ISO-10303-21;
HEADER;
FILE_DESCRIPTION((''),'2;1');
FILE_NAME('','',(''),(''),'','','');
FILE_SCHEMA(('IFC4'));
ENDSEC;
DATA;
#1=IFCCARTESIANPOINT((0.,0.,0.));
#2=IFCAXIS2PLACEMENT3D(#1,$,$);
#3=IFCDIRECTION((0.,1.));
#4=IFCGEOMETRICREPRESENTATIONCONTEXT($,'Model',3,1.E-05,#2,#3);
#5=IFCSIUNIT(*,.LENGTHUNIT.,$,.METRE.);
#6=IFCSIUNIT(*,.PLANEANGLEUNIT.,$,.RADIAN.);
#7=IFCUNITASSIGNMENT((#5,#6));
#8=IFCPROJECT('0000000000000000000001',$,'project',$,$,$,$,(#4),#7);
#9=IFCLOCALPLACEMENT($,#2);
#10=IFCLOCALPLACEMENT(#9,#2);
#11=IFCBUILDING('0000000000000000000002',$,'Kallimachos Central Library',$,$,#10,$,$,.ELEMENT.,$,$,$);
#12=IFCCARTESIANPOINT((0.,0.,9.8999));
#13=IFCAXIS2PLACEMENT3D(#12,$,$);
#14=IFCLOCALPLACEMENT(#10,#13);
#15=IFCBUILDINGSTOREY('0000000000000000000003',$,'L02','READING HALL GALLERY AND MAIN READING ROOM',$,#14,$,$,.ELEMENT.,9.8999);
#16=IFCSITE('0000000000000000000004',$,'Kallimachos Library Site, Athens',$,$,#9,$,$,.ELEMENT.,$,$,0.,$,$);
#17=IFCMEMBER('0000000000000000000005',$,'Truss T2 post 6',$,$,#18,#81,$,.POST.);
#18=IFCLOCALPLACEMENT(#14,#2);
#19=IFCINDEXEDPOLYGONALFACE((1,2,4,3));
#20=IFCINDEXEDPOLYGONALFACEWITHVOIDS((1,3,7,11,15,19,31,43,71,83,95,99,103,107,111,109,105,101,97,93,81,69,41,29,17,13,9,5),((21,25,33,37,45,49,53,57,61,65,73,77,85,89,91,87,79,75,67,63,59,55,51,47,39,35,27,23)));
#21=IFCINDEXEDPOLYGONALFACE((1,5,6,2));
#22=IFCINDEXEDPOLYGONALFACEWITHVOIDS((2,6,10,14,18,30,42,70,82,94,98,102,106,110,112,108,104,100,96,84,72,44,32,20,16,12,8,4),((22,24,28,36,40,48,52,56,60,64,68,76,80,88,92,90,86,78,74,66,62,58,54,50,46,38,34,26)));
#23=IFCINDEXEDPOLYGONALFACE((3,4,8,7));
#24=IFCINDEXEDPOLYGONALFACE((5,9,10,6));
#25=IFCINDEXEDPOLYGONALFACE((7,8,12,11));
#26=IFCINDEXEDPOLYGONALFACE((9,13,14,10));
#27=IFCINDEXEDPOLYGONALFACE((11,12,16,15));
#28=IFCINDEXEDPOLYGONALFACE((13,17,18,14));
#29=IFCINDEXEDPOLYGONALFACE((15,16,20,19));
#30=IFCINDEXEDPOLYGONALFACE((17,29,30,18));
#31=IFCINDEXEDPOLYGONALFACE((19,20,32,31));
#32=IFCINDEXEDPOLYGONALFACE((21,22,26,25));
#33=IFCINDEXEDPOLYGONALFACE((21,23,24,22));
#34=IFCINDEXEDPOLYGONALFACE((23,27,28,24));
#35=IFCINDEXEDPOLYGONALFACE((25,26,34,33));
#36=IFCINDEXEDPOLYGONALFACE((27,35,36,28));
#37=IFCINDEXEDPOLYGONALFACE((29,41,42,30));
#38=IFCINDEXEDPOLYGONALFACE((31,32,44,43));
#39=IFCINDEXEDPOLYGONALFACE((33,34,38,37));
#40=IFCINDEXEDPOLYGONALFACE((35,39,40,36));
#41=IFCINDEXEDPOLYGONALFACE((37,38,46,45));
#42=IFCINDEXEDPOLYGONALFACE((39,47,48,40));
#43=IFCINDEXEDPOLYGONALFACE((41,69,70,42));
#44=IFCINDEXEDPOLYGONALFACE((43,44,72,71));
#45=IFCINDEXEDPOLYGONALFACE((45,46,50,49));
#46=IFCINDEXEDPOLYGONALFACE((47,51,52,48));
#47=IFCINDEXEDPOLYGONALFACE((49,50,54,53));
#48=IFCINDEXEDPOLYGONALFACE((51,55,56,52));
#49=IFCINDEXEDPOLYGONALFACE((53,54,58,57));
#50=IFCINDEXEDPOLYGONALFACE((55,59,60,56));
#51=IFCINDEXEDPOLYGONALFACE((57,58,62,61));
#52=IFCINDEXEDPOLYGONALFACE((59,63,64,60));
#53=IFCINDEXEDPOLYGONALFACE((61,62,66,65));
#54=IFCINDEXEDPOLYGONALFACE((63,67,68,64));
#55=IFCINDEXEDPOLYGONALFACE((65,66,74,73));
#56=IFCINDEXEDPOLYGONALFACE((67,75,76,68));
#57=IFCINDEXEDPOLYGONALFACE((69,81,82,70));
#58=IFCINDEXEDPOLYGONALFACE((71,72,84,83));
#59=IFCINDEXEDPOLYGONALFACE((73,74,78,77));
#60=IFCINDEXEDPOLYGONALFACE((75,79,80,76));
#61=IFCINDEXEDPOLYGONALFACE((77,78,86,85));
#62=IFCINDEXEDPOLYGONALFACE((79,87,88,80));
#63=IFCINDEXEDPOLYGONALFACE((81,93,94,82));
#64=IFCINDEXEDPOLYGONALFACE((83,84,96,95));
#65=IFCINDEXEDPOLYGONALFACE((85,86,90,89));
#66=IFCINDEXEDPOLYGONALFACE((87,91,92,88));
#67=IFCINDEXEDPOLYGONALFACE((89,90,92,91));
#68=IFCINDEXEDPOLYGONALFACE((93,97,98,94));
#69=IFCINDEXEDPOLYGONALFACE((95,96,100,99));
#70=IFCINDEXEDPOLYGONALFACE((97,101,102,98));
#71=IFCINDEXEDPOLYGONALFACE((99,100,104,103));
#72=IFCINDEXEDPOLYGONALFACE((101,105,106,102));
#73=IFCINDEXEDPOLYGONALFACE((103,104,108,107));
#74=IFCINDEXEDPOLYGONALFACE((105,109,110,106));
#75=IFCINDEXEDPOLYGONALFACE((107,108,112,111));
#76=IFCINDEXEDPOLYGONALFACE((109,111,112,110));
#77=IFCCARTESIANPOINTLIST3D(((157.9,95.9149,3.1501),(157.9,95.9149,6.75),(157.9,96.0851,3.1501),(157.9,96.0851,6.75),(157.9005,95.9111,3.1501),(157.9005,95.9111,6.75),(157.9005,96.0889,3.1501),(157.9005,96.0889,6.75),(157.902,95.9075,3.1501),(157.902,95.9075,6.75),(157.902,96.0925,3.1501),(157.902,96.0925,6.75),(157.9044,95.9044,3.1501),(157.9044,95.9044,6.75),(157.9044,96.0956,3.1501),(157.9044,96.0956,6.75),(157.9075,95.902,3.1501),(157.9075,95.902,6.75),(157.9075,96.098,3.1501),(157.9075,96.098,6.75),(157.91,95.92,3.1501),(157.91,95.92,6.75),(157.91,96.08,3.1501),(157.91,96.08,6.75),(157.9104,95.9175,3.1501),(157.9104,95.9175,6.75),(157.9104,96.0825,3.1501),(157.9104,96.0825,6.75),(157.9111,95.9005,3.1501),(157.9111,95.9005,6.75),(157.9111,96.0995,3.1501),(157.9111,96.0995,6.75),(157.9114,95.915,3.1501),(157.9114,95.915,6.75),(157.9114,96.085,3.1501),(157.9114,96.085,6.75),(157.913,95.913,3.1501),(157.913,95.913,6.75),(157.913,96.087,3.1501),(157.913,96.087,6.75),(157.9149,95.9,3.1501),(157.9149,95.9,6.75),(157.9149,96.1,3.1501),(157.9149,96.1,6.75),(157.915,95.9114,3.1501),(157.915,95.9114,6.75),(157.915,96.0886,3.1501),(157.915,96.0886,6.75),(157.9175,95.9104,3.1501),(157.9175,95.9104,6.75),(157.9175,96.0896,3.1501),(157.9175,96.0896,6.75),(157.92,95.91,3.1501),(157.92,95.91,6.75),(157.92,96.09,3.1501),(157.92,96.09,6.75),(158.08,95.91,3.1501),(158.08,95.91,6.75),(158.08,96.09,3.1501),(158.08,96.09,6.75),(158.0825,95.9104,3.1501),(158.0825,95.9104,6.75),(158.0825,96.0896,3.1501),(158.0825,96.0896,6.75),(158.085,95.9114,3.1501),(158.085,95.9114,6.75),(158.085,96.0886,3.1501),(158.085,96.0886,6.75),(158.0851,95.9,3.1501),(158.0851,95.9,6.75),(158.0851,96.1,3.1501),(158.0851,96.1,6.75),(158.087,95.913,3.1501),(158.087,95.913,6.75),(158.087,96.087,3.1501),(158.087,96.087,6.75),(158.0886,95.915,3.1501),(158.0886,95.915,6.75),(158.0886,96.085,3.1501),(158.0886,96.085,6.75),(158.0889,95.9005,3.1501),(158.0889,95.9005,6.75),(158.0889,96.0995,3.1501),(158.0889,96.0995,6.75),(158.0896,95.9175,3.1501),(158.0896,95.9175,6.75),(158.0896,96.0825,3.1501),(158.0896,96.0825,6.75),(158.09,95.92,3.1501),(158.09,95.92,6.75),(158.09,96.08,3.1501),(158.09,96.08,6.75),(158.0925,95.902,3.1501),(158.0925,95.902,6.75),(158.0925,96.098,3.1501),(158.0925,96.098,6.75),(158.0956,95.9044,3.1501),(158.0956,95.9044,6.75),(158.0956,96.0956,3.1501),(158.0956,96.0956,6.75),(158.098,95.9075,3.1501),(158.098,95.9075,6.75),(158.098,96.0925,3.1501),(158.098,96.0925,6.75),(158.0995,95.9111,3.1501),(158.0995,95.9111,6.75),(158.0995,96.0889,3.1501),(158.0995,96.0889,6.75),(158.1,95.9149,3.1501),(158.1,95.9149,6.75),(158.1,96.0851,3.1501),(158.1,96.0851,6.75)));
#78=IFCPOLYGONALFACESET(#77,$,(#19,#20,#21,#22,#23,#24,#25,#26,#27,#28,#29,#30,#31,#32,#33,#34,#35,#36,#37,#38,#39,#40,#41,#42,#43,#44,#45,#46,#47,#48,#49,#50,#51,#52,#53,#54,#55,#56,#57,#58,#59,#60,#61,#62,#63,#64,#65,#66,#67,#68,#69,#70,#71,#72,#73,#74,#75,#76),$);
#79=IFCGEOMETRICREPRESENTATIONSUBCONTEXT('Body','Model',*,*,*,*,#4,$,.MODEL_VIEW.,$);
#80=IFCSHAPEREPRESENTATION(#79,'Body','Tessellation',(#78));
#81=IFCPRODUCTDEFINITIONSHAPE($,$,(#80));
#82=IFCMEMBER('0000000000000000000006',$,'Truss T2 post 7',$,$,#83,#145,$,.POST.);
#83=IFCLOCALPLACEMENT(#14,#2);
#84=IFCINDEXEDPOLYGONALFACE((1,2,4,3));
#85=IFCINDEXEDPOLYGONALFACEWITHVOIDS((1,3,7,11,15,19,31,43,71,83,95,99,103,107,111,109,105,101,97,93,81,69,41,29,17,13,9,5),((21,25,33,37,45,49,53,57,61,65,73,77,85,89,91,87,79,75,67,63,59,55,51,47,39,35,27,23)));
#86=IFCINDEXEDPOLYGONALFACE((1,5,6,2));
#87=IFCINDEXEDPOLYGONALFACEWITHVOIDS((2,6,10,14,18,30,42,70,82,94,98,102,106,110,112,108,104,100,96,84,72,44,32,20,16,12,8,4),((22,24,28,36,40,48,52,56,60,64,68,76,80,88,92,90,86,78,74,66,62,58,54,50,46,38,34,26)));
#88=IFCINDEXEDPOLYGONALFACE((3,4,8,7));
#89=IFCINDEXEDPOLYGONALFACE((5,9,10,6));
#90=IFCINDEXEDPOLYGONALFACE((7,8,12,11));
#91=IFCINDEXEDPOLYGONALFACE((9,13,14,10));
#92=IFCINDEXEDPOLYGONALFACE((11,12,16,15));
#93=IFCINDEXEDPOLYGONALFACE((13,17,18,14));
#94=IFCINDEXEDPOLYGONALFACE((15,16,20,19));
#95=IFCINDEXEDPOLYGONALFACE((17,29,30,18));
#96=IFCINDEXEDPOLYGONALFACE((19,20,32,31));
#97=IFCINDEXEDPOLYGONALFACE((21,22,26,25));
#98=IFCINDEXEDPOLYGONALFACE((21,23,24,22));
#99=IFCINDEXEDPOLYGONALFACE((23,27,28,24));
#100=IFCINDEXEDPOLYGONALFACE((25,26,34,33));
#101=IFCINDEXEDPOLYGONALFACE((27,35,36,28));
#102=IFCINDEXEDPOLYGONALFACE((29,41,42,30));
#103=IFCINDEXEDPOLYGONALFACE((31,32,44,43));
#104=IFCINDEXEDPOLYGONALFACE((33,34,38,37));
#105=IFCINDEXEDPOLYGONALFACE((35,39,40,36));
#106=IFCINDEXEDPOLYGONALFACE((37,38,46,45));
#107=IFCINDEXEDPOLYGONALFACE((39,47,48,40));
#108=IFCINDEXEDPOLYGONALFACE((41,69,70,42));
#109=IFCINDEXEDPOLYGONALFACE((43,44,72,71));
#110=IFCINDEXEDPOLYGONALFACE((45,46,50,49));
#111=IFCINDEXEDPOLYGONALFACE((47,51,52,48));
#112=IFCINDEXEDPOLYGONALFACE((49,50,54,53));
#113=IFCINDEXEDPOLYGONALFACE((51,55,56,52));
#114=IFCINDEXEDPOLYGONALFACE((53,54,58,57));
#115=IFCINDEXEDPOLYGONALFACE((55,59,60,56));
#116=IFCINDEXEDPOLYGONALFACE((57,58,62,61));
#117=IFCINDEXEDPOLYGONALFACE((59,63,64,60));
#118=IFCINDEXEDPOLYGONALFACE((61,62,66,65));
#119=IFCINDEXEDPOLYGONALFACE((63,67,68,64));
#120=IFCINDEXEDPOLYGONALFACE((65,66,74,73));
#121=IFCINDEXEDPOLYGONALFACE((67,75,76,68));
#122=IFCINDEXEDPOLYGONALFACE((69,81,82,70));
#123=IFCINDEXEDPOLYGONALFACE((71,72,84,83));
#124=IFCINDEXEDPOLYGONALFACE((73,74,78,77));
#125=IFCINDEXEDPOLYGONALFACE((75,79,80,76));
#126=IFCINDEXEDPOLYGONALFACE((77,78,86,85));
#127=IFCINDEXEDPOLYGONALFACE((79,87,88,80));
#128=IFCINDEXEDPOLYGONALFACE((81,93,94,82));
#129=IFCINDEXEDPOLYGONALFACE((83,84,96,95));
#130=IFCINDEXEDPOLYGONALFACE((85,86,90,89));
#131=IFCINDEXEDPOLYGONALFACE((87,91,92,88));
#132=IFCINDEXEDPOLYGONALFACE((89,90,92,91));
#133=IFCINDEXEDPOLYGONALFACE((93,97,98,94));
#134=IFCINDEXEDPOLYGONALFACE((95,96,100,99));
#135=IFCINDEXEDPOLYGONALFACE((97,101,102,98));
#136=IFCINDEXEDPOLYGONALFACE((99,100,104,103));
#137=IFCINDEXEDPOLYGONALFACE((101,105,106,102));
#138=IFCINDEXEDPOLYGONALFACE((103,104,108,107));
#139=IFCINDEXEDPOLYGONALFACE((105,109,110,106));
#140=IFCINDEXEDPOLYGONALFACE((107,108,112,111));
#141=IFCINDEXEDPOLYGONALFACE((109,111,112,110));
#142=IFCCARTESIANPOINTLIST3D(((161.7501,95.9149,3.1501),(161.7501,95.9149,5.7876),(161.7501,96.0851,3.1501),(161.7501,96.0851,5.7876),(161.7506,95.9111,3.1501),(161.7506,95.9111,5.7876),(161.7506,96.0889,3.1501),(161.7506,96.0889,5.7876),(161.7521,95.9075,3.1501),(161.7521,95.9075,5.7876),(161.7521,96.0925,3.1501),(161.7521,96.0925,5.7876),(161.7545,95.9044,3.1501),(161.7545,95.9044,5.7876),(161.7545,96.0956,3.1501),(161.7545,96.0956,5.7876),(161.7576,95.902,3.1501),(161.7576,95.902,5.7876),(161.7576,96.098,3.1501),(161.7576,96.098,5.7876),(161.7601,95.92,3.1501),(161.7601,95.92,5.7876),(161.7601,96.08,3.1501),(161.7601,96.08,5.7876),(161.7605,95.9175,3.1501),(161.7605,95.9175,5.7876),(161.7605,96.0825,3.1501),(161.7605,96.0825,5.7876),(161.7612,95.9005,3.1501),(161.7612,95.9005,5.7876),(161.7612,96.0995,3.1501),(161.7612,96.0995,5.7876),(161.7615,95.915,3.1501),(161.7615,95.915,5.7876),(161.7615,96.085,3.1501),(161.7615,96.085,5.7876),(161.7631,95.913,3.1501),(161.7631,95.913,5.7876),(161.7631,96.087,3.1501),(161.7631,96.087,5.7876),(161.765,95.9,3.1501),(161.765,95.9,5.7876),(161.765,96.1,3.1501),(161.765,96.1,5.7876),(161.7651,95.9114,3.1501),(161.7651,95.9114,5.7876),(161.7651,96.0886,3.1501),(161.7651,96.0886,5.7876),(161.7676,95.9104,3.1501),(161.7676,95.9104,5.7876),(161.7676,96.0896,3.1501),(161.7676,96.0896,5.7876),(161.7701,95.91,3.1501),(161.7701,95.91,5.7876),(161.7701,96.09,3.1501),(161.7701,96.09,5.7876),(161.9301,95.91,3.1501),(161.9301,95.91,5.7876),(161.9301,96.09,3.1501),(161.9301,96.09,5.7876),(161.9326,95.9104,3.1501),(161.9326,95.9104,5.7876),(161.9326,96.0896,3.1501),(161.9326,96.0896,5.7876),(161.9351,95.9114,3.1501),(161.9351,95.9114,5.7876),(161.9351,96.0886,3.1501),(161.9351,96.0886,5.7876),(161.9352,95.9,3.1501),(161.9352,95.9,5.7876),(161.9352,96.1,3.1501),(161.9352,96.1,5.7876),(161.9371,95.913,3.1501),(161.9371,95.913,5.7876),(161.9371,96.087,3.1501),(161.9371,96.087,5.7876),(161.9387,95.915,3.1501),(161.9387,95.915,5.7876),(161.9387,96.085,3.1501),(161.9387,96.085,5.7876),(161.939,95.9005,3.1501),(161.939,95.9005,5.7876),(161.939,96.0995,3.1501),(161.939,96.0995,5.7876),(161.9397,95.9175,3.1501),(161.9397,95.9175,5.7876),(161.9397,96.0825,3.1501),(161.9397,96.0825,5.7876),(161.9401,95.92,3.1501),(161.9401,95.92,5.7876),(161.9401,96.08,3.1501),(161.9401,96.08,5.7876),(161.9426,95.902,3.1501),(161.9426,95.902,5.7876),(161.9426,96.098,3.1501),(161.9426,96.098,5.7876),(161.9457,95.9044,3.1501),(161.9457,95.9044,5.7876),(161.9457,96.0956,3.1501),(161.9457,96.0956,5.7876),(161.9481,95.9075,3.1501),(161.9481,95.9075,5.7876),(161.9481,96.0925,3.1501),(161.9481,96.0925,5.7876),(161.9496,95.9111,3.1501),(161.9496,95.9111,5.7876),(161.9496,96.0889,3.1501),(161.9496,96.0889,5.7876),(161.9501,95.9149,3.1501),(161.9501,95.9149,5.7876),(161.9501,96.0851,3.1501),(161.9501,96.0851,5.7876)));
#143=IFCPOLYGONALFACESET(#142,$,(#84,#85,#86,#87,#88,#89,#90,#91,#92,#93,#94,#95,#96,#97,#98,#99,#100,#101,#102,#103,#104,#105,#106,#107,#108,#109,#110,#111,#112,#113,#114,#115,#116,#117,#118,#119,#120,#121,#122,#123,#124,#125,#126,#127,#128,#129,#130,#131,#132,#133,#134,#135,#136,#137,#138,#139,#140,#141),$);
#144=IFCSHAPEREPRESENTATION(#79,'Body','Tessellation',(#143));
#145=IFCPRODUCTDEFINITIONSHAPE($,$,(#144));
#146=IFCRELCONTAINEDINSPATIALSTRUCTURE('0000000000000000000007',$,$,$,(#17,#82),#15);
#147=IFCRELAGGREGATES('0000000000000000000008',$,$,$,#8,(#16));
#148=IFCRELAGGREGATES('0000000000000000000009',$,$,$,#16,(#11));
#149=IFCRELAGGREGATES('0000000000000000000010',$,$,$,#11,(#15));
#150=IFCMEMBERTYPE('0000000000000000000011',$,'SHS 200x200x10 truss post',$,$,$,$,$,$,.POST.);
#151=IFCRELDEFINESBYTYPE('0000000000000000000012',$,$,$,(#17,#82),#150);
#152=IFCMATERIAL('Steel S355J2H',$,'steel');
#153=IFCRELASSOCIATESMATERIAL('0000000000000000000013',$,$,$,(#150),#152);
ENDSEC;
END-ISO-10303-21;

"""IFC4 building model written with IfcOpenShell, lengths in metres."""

from ifc_helpers import new_model, si_unit, direction, frame, origin, origin_2d, place, context, subcontext, project, spatial, hollow_rectangle, extrude, material, material_profile, profile_set, type_object, element, save


model = new_model("IFC4")

# Units and contexts
model_context = context("Model", 3, precision=1e-05, world=origin(), true_north=direction((0.0, 1.0)))
body_context = subcontext(model_context, "Body", "Model", "MODEL_VIEW")
ifc_project = project(units=[si_unit("LENGTHUNIT", "METRE"), si_unit("PLANEANGLEUNIT", "RADIAN")], contexts=[model_context])

# Site, building, storey
site_placement = place(None, origin())
site = spatial("IfcSite", under=ifc_project, at=site_placement, Name="Kallimachos Library Site, Athens", CompositionType="ELEMENT", RefElevation=0.0)
building_placement = place(site_placement, origin())
building = spatial("IfcBuilding", under=site, at=building_placement, Name="Kallimachos Central Library", CompositionType="ELEMENT")
storey_placement = place(building_placement, frame((0.0, 0.0, 9.8999)))
storey = spatial("IfcBuildingStorey", under=building, at=storey_placement, Name="L02", Description="READING HALL GALLERY AND MAIN READING ROOM", CompositionType="ELEMENT", Elevation=9.8999)

# Members
ifc_material_1 = material(Name="Steel S355J2H", Category="steel")
ifc_material_profile_1 = material_profile(ifc_material_1, hollow_rectangle(XDim=0.2, YDim=0.2, WallThickness=0.01, InnerFilletRadius=0.01, OuterFilletRadius=0.0149, at=origin_2d()), Name="SHS 200x200x10")
ifc_profile_set_1 = profile_set([ifc_material_profile_1], Name="Steel S355J2H")
member_type_1 = type_object("IfcMemberType", Name="SHS 200x200x10 truss post", PredefinedType="POST", material=ifc_profile_set_1)
member_1_placement = place(storey_placement, frame((158.0, 96.0, 3.1501), z_axis=(0.0, 0.0, 1.0), x_axis=(1.0, 0.0, 0.0)))
element("IfcMember", 1, at=member_1_placement, inside=storey, type_object=member_type_1, Name="Truss T2 post 6", PredefinedType="POST", context=body_context, shape_type="SweptSolid", body=[
    extrude(hollow_rectangle(XDim=0.2, YDim=0.2, WallThickness=0.01, InnerFilletRadius=0.01, OuterFilletRadius=0.0149, at=origin_2d()), origin(), (0.0, 0.0, 1.0), 3.5999),
])
member_2_placement = place(storey_placement, frame((161.8501, 96.0, 3.1501), z_axis=(0.0, 0.0, 1.0), x_axis=(1.0, 0.0, 0.0)))
element("IfcMember", 2, at=member_2_placement, inside=storey, type_object=member_type_1, Name="Truss T2 post 7", PredefinedType="POST", context=body_context, shape_type="SweptSolid", body=[
    extrude(hollow_rectangle(XDim=0.2, YDim=0.2, WallThickness=0.01, InnerFilletRadius=0.01, OuterFilletRadius=0.0149, at=origin_2d()), origin(), (0.0, 0.0, 1.0), 2.6375),
])

save(model, "model.ifc")
